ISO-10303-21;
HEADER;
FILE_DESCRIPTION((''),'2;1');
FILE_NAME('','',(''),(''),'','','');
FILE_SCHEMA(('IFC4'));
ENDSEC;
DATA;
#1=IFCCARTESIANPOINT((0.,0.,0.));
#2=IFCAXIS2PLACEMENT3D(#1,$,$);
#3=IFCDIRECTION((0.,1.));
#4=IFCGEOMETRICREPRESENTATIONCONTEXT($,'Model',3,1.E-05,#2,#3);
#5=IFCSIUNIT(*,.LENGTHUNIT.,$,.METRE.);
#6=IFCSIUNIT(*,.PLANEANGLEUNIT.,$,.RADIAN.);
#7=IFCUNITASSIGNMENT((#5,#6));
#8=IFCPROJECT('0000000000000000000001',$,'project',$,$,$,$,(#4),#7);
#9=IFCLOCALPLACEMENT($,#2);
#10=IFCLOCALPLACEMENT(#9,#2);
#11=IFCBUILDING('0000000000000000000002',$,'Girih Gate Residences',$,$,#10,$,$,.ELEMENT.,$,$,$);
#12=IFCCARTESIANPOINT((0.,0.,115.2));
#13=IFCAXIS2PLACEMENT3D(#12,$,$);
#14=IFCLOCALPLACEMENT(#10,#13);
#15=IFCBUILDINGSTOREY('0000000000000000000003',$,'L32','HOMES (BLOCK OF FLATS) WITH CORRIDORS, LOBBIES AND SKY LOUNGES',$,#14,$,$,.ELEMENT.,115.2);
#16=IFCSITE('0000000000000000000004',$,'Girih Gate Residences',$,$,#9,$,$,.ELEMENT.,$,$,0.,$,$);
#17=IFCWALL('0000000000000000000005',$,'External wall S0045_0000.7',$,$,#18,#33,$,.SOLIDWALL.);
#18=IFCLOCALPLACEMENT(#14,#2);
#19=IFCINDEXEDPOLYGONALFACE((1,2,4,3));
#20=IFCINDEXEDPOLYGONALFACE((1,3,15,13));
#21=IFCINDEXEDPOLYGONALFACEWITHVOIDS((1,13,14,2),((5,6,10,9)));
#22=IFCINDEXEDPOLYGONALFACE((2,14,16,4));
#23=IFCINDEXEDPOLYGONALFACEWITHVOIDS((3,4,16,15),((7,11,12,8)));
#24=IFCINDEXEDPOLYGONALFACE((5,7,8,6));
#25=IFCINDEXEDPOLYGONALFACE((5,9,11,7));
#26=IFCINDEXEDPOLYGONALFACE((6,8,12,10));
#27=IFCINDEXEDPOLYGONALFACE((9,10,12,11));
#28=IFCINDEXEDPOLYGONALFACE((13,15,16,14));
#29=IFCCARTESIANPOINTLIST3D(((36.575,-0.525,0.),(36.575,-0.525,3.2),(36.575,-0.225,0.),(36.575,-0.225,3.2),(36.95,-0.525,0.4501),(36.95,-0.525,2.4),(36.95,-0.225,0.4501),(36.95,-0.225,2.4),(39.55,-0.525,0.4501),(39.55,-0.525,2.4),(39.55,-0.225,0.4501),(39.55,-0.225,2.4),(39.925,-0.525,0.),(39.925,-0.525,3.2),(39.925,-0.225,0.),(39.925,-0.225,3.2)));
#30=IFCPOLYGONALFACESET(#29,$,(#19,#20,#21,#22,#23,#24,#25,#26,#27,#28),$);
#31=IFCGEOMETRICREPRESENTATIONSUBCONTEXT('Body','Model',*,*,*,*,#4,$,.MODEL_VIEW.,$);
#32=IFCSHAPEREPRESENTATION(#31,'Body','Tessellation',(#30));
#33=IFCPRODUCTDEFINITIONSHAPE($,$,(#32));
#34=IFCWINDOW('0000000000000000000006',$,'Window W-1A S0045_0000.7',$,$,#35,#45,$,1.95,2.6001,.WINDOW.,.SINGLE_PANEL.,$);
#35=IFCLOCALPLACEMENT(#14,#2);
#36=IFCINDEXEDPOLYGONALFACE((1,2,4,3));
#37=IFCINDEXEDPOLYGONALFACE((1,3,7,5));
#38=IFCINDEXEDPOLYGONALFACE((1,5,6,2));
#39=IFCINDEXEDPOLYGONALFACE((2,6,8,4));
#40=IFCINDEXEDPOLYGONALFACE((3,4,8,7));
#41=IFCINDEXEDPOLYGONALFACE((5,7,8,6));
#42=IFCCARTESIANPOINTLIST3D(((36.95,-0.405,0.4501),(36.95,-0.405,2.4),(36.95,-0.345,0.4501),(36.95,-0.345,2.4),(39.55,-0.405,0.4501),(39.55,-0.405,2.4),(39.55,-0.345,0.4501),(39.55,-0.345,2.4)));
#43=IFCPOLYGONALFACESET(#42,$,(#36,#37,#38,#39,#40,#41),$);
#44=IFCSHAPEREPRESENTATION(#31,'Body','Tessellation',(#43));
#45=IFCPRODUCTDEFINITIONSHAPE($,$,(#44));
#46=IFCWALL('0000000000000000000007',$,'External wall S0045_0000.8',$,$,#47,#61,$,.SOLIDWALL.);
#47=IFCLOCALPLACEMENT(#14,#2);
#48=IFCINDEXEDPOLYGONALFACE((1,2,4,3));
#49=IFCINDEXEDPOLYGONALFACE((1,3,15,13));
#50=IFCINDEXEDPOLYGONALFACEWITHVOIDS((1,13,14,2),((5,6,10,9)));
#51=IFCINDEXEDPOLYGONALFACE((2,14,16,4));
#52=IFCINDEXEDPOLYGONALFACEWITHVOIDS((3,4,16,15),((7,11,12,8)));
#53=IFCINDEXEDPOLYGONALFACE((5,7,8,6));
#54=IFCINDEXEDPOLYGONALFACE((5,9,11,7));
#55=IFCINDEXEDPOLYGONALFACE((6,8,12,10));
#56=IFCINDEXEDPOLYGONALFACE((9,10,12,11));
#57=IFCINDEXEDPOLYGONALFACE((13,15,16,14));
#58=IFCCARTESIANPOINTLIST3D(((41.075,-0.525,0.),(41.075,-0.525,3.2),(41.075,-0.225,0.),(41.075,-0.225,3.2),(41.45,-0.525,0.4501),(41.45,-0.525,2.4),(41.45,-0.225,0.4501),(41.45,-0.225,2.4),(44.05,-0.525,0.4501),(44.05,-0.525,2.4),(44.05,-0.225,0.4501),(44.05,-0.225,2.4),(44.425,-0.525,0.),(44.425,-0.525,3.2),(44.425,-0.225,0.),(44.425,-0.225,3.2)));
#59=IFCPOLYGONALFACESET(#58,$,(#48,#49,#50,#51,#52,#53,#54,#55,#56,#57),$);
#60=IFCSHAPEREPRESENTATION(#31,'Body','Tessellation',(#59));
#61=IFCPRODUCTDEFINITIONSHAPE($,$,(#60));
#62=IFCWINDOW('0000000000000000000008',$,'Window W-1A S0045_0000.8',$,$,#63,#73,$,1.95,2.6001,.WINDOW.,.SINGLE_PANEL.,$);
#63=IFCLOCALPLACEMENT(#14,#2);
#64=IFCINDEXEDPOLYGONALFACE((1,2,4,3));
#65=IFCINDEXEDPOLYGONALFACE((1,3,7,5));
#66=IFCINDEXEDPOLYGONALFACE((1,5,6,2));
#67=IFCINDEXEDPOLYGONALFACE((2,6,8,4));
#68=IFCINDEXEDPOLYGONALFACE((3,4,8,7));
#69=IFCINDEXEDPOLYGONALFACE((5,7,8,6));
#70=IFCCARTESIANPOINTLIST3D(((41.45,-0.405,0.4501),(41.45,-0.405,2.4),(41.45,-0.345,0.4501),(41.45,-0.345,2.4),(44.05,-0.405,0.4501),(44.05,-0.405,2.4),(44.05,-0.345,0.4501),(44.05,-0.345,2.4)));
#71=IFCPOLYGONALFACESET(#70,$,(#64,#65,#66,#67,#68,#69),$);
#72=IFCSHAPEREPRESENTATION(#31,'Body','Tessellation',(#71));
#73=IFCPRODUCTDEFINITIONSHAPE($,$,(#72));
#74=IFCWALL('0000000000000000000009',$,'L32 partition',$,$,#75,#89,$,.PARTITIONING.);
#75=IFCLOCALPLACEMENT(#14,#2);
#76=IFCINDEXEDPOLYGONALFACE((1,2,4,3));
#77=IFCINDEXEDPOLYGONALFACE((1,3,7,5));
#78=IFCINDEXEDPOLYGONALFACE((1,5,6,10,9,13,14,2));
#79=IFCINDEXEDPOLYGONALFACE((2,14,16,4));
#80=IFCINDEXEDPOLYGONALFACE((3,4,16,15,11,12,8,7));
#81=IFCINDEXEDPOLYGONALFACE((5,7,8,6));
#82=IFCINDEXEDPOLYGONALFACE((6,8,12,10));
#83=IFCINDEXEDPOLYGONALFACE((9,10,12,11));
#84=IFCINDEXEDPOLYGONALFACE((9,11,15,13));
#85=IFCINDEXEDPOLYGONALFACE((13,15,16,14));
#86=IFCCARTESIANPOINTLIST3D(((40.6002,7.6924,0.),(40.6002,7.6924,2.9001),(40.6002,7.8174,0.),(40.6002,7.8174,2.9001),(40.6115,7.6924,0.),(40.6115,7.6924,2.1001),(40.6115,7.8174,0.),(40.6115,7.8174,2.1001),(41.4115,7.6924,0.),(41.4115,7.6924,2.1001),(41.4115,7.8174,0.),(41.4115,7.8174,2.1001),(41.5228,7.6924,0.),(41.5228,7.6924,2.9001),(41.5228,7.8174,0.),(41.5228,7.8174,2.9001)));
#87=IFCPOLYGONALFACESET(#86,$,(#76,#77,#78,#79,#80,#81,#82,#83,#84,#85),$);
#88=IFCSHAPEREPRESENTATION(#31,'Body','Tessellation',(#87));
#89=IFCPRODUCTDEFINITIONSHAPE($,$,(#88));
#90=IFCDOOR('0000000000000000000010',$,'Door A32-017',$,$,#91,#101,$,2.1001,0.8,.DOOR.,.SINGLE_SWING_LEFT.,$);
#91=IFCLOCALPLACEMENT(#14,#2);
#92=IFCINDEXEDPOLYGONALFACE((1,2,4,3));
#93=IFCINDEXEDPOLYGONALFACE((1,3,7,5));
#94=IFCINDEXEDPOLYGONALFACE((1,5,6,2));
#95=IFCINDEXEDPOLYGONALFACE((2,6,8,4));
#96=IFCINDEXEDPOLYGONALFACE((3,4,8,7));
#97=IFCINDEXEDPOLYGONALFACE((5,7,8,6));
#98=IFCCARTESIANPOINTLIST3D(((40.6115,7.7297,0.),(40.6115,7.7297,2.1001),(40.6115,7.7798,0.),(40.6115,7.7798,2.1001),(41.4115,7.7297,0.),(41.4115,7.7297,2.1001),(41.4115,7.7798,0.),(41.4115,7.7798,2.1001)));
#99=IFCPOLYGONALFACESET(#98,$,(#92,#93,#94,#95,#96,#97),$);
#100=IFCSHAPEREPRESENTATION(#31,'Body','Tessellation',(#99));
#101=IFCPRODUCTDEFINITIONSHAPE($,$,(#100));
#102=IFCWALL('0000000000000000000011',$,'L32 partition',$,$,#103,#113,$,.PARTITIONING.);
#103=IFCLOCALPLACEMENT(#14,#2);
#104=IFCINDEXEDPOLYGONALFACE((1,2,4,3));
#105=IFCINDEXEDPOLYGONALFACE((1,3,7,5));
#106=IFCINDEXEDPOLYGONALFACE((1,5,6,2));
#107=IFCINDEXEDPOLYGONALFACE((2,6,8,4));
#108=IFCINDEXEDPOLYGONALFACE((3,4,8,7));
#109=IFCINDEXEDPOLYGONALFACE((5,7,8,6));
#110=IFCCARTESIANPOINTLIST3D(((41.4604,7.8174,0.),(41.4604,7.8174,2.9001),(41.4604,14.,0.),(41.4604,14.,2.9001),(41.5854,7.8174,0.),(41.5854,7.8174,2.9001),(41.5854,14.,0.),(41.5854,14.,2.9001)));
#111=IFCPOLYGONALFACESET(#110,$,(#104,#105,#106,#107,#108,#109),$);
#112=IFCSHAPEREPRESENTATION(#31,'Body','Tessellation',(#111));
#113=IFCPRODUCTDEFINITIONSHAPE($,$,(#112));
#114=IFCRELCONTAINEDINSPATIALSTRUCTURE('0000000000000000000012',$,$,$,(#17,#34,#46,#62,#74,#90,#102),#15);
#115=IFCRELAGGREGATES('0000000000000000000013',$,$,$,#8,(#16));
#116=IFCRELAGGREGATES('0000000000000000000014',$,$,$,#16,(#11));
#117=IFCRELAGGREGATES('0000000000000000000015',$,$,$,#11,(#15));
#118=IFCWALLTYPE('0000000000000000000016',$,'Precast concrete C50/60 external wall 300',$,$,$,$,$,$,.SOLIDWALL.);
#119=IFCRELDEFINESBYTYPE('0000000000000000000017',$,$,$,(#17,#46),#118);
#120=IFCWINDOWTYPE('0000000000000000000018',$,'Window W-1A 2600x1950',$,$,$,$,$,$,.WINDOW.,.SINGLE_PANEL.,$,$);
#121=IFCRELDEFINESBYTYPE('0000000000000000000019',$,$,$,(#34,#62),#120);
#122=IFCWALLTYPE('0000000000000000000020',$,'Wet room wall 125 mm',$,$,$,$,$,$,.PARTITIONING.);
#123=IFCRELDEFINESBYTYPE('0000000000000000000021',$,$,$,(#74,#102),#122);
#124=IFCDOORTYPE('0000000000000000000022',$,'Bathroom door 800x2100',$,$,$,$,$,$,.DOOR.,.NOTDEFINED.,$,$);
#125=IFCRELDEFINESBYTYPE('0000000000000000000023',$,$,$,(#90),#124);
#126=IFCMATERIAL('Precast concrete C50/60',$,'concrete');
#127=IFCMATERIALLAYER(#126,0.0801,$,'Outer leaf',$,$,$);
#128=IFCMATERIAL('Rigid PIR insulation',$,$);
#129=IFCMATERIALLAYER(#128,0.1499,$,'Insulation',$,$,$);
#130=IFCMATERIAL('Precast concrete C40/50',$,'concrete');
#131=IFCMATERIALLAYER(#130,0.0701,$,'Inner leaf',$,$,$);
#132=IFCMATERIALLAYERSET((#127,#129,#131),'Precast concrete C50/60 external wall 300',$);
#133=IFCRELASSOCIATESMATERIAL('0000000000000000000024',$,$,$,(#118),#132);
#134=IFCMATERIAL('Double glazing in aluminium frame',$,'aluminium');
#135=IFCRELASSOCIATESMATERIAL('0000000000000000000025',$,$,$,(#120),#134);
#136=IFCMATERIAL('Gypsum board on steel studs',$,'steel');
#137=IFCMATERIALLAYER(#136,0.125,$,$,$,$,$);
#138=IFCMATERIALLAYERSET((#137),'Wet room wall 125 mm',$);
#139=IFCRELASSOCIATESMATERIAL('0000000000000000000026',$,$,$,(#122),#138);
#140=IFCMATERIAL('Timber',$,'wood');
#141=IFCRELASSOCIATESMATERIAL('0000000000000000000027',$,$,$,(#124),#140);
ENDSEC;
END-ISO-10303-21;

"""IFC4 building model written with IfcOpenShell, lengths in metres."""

from ifc_helpers import new_model, si_unit, direction, frame, frame_2d, origin, place, context, subcontext, project, spatial, rectangle, extrude, material, layer, layer_set, type_object, element, fill, save


model = new_model("IFC4")

# Units and contexts
model_context = context("Model", 3, precision=1e-05, world=origin(), true_north=direction((0.0, 1.0)))
body_context = subcontext(model_context, "Body", "Model", "MODEL_VIEW")
ifc_project = project(units=[si_unit("LENGTHUNIT", "METRE"), si_unit("PLANEANGLEUNIT", "RADIAN")], contexts=[model_context])

# Site, building, storey
site_placement = place(None, origin())
site = spatial("IfcSite", under=ifc_project, at=site_placement, Name="Girih Gate Residences", CompositionType="ELEMENT", RefElevation=0.0)
building_placement = place(site_placement, origin())
building = spatial("IfcBuilding", under=site, at=building_placement, Name="Girih Gate Residences", CompositionType="ELEMENT")
storey_placement = place(building_placement, frame((0.0, 0.0, 115.2)))
storey = spatial("IfcBuildingStorey", under=building, at=storey_placement, Name="L32", Description="HOMES (BLOCK OF FLATS) WITH CORRIDORS, LOBBIES AND SKY LOUNGES", CompositionType="ELEMENT", Elevation=115.2)

# Shared definitions
ifc_material_1 = material(Name="Gypsum board on steel studs", Category="steel")
ifc_material_2 = material(Name="Timber", Category="wood")

# Walls, openings, windows
ifc_material_3 = material(Name="Precast concrete C50/60", Category="concrete")
ifc_layer_1 = layer(ifc_material_3, 0.0801, Name="Outer leaf")
ifc_material_4 = material(Name="Rigid PIR insulation")
ifc_layer_2 = layer(ifc_material_4, 0.1499, Name="Insulation")
ifc_material_5 = material(Name="Precast concrete C40/50", Category="concrete")
ifc_layer_3 = layer(ifc_material_5, 0.0701, Name="Inner leaf")
ifc_layer_set_1 = layer_set([ifc_layer_1, ifc_layer_2, ifc_layer_3], Name="Precast concrete C50/60 external wall 300")
wall_type_1 = type_object("IfcWallType", Name="Precast concrete C50/60 external wall 300", PredefinedType="SOLIDWALL", material=ifc_layer_set_1)
wall_1_placement = place(storey_placement, frame((39.925, -0.375, 0.0), z_axis=(0.0, 0.0, 1.0), x_axis=(-1.0, 0.0, 0.0)))
wall_1 = element("IfcWall", 1, at=wall_1_placement, inside=storey, type_object=wall_type_1, Name="External wall S0045_0000.7", PredefinedType="SOLIDWALL", context=body_context, shape_type="SweptSolid", body=[
    extrude(rectangle(XDim=3.3501, YDim=0.3, at=frame_2d((1.675, 0.0))), origin(), (0.0, 0.0, 1.0), 3.2),
])
opening_1_placement = place(wall_1_placement, frame((0.375, 0.0, 0.45)))
opening_1 = element("IfcOpeningElement", 2, at=opening_1_placement, cuts=wall_1, PredefinedType="OPENING", context=body_context, shape_type="SweptSolid", body=[
    extrude(rectangle(XDim=2.6001, YDim=1.95, at=frame_2d((1.3, 0.9751))), frame((0.0, 0.1599, 0.0), z_axis=(0.0, -1.0, 0.0), x_axis=(1.0, 0.0, 0.0)), (0.0, 0.0, 1.0), 0.3201),
])
ifc_material_6 = material(Name="Double glazing in aluminium frame", Category="aluminium")
window_type = type_object("IfcWindowType", Name="Window W-1A 2600x1950", PartitioningType="SINGLE_PANEL", PredefinedType="WINDOW", material=ifc_material_6)
window_1_placement = place(opening_1_placement, origin())
window_1 = element("IfcWindow", 3, at=window_1_placement, inside=storey, type_object=window_type, Name="Window W-1A S0045_0000.7", OverallHeight=1.95, OverallWidth=2.6001, PartitioningType="SINGLE_PANEL", PredefinedType="WINDOW", context=body_context, shape_type="SweptSolid", body=[
    extrude(rectangle(XDim=2.6001, YDim=1.95, at=frame_2d((1.3, 0.9751))), frame((0.0, 0.03, 0.0), z_axis=(0.0, -1.0, 0.0), x_axis=(1.0, 0.0, 0.0)), (0.0, 0.0, 1.0), 0.0601),
])
fill(opening_1, window_1)
wall_2_placement = place(storey_placement, frame((44.425, -0.375, 0.0), z_axis=(0.0, 0.0, 1.0), x_axis=(-1.0, 0.0, 0.0)))
wall_2 = element("IfcWall", 4, at=wall_2_placement, inside=storey, type_object=wall_type_1, Name="External wall S0045_0000.8", PredefinedType="SOLIDWALL", context=body_context, shape_type="SweptSolid", body=[
    extrude(rectangle(XDim=3.3501, YDim=0.3, at=frame_2d((1.675, 0.0))), origin(), (0.0, 0.0, 1.0), 3.2),
])
opening_2_placement = place(wall_2_placement, frame((0.375, 0.0, 0.45)))
opening_2 = element("IfcOpeningElement", 5, at=opening_2_placement, cuts=wall_2, PredefinedType="OPENING", context=body_context, shape_type="SweptSolid", body=[
    extrude(rectangle(XDim=2.6001, YDim=1.95, at=frame_2d((1.3, 0.9751))), frame((0.0, 0.1599, 0.0), z_axis=(0.0, -1.0, 0.0), x_axis=(1.0, 0.0, 0.0)), (0.0, 0.0, 1.0), 0.3201),
])
window_2_placement = place(opening_2_placement, origin())
window_2 = element("IfcWindow", 6, at=window_2_placement, inside=storey, type_object=window_type, Name="Window W-1A S0045_0000.8", OverallHeight=1.95, OverallWidth=2.6001, PartitioningType="SINGLE_PANEL", PredefinedType="WINDOW", context=body_context, shape_type="SweptSolid", body=[
    extrude(rectangle(XDim=2.6001, YDim=1.95, at=frame_2d((1.3, 0.9751))), frame((0.0, 0.03, 0.0), z_axis=(0.0, -1.0, 0.0), x_axis=(1.0, 0.0, 0.0)), (0.0, 0.0, 1.0), 0.0601),
])
fill(opening_2, window_2)

# Wall, opening, door
ifc_layer_4 = layer(ifc_material_1, 0.125)
ifc_layer_set_2 = layer_set([ifc_layer_4], Name="Wet room wall 125 mm")
wall_type_2 = type_object("IfcWallType", Name="Wet room wall 125 mm", PredefinedType="PARTITIONING", material=ifc_layer_set_2)
wall_3_placement = place(storey_placement, frame((40.6001, 7.7549, 0.0), z_axis=(0.0, 0.0, 1.0), x_axis=(1.0, 0.0, 0.0)))
wall_3 = element("IfcWall", 7, at=wall_3_placement, inside=storey, type_object=wall_type_2, Name="L32 partition", PredefinedType="PARTITIONING", context=body_context, shape_type="SweptSolid", body=[
    extrude(rectangle(XDim=0.9226, YDim=0.125, at=frame_2d((0.4614, 0.0))), origin(), (0.0, 0.0, 1.0), 2.9001),
])
opening_3_placement = place(wall_3_placement, frame((0.0115, 0.0, 0.0)))
opening_3 = element("IfcOpeningElement", 8, at=opening_3_placement, cuts=wall_3, PredefinedType="OPENING", context=body_context, shape_type="SweptSolid", body=[
    extrude(rectangle(XDim=0.8, YDim=2.1001, at=frame_2d((0.3999, 1.05))), frame((0.0, 0.0725, 0.0), z_axis=(0.0, -1.0, 0.0), x_axis=(1.0, 0.0, 0.0)), (0.0, 0.0, 1.0), 0.145),
])
door_type_1 = type_object("IfcDoorType", Name="Bathroom door 800x2100", OperationType="NOTDEFINED", PredefinedType="DOOR", material=ifc_material_2)
door_1_placement = place(opening_3_placement, origin())
door_1 = element("IfcDoor", 9, at=door_1_placement, inside=storey, type_object=door_type_1, Name="Door A32-017", OperationType="SINGLE_SWING_LEFT", OverallHeight=2.1001, OverallWidth=0.8, PredefinedType="DOOR", context=body_context, shape_type="SweptSolid", body=[
    extrude(rectangle(XDim=0.8, YDim=2.1001, at=frame_2d((0.3999, 1.05))), frame((0.0, 0.0249, 0.0), z_axis=(0.0, -1.0, 0.0), x_axis=(1.0, 0.0, 0.0)), (0.0, 0.0, 1.0), 0.05),
])
fill(opening_3, door_1)

# Wall
wall_4_placement = place(storey_placement, frame((41.5229, 7.8174, 0.0), z_axis=(0.0, 0.0, 1.0), x_axis=(0.0, 1.0, 0.0)))
element("IfcWall", 10, at=wall_4_placement, inside=storey, type_object=wall_type_2, Name="L32 partition", PredefinedType="PARTITIONING", context=body_context, shape_type="SweptSolid", body=[
    extrude(rectangle(XDim=6.1826, YDim=0.125, at=frame_2d((3.0913, 0.0))), origin(), (0.0, 0.0, 1.0), 2.9001),
])

save(model, "model.ifc")
